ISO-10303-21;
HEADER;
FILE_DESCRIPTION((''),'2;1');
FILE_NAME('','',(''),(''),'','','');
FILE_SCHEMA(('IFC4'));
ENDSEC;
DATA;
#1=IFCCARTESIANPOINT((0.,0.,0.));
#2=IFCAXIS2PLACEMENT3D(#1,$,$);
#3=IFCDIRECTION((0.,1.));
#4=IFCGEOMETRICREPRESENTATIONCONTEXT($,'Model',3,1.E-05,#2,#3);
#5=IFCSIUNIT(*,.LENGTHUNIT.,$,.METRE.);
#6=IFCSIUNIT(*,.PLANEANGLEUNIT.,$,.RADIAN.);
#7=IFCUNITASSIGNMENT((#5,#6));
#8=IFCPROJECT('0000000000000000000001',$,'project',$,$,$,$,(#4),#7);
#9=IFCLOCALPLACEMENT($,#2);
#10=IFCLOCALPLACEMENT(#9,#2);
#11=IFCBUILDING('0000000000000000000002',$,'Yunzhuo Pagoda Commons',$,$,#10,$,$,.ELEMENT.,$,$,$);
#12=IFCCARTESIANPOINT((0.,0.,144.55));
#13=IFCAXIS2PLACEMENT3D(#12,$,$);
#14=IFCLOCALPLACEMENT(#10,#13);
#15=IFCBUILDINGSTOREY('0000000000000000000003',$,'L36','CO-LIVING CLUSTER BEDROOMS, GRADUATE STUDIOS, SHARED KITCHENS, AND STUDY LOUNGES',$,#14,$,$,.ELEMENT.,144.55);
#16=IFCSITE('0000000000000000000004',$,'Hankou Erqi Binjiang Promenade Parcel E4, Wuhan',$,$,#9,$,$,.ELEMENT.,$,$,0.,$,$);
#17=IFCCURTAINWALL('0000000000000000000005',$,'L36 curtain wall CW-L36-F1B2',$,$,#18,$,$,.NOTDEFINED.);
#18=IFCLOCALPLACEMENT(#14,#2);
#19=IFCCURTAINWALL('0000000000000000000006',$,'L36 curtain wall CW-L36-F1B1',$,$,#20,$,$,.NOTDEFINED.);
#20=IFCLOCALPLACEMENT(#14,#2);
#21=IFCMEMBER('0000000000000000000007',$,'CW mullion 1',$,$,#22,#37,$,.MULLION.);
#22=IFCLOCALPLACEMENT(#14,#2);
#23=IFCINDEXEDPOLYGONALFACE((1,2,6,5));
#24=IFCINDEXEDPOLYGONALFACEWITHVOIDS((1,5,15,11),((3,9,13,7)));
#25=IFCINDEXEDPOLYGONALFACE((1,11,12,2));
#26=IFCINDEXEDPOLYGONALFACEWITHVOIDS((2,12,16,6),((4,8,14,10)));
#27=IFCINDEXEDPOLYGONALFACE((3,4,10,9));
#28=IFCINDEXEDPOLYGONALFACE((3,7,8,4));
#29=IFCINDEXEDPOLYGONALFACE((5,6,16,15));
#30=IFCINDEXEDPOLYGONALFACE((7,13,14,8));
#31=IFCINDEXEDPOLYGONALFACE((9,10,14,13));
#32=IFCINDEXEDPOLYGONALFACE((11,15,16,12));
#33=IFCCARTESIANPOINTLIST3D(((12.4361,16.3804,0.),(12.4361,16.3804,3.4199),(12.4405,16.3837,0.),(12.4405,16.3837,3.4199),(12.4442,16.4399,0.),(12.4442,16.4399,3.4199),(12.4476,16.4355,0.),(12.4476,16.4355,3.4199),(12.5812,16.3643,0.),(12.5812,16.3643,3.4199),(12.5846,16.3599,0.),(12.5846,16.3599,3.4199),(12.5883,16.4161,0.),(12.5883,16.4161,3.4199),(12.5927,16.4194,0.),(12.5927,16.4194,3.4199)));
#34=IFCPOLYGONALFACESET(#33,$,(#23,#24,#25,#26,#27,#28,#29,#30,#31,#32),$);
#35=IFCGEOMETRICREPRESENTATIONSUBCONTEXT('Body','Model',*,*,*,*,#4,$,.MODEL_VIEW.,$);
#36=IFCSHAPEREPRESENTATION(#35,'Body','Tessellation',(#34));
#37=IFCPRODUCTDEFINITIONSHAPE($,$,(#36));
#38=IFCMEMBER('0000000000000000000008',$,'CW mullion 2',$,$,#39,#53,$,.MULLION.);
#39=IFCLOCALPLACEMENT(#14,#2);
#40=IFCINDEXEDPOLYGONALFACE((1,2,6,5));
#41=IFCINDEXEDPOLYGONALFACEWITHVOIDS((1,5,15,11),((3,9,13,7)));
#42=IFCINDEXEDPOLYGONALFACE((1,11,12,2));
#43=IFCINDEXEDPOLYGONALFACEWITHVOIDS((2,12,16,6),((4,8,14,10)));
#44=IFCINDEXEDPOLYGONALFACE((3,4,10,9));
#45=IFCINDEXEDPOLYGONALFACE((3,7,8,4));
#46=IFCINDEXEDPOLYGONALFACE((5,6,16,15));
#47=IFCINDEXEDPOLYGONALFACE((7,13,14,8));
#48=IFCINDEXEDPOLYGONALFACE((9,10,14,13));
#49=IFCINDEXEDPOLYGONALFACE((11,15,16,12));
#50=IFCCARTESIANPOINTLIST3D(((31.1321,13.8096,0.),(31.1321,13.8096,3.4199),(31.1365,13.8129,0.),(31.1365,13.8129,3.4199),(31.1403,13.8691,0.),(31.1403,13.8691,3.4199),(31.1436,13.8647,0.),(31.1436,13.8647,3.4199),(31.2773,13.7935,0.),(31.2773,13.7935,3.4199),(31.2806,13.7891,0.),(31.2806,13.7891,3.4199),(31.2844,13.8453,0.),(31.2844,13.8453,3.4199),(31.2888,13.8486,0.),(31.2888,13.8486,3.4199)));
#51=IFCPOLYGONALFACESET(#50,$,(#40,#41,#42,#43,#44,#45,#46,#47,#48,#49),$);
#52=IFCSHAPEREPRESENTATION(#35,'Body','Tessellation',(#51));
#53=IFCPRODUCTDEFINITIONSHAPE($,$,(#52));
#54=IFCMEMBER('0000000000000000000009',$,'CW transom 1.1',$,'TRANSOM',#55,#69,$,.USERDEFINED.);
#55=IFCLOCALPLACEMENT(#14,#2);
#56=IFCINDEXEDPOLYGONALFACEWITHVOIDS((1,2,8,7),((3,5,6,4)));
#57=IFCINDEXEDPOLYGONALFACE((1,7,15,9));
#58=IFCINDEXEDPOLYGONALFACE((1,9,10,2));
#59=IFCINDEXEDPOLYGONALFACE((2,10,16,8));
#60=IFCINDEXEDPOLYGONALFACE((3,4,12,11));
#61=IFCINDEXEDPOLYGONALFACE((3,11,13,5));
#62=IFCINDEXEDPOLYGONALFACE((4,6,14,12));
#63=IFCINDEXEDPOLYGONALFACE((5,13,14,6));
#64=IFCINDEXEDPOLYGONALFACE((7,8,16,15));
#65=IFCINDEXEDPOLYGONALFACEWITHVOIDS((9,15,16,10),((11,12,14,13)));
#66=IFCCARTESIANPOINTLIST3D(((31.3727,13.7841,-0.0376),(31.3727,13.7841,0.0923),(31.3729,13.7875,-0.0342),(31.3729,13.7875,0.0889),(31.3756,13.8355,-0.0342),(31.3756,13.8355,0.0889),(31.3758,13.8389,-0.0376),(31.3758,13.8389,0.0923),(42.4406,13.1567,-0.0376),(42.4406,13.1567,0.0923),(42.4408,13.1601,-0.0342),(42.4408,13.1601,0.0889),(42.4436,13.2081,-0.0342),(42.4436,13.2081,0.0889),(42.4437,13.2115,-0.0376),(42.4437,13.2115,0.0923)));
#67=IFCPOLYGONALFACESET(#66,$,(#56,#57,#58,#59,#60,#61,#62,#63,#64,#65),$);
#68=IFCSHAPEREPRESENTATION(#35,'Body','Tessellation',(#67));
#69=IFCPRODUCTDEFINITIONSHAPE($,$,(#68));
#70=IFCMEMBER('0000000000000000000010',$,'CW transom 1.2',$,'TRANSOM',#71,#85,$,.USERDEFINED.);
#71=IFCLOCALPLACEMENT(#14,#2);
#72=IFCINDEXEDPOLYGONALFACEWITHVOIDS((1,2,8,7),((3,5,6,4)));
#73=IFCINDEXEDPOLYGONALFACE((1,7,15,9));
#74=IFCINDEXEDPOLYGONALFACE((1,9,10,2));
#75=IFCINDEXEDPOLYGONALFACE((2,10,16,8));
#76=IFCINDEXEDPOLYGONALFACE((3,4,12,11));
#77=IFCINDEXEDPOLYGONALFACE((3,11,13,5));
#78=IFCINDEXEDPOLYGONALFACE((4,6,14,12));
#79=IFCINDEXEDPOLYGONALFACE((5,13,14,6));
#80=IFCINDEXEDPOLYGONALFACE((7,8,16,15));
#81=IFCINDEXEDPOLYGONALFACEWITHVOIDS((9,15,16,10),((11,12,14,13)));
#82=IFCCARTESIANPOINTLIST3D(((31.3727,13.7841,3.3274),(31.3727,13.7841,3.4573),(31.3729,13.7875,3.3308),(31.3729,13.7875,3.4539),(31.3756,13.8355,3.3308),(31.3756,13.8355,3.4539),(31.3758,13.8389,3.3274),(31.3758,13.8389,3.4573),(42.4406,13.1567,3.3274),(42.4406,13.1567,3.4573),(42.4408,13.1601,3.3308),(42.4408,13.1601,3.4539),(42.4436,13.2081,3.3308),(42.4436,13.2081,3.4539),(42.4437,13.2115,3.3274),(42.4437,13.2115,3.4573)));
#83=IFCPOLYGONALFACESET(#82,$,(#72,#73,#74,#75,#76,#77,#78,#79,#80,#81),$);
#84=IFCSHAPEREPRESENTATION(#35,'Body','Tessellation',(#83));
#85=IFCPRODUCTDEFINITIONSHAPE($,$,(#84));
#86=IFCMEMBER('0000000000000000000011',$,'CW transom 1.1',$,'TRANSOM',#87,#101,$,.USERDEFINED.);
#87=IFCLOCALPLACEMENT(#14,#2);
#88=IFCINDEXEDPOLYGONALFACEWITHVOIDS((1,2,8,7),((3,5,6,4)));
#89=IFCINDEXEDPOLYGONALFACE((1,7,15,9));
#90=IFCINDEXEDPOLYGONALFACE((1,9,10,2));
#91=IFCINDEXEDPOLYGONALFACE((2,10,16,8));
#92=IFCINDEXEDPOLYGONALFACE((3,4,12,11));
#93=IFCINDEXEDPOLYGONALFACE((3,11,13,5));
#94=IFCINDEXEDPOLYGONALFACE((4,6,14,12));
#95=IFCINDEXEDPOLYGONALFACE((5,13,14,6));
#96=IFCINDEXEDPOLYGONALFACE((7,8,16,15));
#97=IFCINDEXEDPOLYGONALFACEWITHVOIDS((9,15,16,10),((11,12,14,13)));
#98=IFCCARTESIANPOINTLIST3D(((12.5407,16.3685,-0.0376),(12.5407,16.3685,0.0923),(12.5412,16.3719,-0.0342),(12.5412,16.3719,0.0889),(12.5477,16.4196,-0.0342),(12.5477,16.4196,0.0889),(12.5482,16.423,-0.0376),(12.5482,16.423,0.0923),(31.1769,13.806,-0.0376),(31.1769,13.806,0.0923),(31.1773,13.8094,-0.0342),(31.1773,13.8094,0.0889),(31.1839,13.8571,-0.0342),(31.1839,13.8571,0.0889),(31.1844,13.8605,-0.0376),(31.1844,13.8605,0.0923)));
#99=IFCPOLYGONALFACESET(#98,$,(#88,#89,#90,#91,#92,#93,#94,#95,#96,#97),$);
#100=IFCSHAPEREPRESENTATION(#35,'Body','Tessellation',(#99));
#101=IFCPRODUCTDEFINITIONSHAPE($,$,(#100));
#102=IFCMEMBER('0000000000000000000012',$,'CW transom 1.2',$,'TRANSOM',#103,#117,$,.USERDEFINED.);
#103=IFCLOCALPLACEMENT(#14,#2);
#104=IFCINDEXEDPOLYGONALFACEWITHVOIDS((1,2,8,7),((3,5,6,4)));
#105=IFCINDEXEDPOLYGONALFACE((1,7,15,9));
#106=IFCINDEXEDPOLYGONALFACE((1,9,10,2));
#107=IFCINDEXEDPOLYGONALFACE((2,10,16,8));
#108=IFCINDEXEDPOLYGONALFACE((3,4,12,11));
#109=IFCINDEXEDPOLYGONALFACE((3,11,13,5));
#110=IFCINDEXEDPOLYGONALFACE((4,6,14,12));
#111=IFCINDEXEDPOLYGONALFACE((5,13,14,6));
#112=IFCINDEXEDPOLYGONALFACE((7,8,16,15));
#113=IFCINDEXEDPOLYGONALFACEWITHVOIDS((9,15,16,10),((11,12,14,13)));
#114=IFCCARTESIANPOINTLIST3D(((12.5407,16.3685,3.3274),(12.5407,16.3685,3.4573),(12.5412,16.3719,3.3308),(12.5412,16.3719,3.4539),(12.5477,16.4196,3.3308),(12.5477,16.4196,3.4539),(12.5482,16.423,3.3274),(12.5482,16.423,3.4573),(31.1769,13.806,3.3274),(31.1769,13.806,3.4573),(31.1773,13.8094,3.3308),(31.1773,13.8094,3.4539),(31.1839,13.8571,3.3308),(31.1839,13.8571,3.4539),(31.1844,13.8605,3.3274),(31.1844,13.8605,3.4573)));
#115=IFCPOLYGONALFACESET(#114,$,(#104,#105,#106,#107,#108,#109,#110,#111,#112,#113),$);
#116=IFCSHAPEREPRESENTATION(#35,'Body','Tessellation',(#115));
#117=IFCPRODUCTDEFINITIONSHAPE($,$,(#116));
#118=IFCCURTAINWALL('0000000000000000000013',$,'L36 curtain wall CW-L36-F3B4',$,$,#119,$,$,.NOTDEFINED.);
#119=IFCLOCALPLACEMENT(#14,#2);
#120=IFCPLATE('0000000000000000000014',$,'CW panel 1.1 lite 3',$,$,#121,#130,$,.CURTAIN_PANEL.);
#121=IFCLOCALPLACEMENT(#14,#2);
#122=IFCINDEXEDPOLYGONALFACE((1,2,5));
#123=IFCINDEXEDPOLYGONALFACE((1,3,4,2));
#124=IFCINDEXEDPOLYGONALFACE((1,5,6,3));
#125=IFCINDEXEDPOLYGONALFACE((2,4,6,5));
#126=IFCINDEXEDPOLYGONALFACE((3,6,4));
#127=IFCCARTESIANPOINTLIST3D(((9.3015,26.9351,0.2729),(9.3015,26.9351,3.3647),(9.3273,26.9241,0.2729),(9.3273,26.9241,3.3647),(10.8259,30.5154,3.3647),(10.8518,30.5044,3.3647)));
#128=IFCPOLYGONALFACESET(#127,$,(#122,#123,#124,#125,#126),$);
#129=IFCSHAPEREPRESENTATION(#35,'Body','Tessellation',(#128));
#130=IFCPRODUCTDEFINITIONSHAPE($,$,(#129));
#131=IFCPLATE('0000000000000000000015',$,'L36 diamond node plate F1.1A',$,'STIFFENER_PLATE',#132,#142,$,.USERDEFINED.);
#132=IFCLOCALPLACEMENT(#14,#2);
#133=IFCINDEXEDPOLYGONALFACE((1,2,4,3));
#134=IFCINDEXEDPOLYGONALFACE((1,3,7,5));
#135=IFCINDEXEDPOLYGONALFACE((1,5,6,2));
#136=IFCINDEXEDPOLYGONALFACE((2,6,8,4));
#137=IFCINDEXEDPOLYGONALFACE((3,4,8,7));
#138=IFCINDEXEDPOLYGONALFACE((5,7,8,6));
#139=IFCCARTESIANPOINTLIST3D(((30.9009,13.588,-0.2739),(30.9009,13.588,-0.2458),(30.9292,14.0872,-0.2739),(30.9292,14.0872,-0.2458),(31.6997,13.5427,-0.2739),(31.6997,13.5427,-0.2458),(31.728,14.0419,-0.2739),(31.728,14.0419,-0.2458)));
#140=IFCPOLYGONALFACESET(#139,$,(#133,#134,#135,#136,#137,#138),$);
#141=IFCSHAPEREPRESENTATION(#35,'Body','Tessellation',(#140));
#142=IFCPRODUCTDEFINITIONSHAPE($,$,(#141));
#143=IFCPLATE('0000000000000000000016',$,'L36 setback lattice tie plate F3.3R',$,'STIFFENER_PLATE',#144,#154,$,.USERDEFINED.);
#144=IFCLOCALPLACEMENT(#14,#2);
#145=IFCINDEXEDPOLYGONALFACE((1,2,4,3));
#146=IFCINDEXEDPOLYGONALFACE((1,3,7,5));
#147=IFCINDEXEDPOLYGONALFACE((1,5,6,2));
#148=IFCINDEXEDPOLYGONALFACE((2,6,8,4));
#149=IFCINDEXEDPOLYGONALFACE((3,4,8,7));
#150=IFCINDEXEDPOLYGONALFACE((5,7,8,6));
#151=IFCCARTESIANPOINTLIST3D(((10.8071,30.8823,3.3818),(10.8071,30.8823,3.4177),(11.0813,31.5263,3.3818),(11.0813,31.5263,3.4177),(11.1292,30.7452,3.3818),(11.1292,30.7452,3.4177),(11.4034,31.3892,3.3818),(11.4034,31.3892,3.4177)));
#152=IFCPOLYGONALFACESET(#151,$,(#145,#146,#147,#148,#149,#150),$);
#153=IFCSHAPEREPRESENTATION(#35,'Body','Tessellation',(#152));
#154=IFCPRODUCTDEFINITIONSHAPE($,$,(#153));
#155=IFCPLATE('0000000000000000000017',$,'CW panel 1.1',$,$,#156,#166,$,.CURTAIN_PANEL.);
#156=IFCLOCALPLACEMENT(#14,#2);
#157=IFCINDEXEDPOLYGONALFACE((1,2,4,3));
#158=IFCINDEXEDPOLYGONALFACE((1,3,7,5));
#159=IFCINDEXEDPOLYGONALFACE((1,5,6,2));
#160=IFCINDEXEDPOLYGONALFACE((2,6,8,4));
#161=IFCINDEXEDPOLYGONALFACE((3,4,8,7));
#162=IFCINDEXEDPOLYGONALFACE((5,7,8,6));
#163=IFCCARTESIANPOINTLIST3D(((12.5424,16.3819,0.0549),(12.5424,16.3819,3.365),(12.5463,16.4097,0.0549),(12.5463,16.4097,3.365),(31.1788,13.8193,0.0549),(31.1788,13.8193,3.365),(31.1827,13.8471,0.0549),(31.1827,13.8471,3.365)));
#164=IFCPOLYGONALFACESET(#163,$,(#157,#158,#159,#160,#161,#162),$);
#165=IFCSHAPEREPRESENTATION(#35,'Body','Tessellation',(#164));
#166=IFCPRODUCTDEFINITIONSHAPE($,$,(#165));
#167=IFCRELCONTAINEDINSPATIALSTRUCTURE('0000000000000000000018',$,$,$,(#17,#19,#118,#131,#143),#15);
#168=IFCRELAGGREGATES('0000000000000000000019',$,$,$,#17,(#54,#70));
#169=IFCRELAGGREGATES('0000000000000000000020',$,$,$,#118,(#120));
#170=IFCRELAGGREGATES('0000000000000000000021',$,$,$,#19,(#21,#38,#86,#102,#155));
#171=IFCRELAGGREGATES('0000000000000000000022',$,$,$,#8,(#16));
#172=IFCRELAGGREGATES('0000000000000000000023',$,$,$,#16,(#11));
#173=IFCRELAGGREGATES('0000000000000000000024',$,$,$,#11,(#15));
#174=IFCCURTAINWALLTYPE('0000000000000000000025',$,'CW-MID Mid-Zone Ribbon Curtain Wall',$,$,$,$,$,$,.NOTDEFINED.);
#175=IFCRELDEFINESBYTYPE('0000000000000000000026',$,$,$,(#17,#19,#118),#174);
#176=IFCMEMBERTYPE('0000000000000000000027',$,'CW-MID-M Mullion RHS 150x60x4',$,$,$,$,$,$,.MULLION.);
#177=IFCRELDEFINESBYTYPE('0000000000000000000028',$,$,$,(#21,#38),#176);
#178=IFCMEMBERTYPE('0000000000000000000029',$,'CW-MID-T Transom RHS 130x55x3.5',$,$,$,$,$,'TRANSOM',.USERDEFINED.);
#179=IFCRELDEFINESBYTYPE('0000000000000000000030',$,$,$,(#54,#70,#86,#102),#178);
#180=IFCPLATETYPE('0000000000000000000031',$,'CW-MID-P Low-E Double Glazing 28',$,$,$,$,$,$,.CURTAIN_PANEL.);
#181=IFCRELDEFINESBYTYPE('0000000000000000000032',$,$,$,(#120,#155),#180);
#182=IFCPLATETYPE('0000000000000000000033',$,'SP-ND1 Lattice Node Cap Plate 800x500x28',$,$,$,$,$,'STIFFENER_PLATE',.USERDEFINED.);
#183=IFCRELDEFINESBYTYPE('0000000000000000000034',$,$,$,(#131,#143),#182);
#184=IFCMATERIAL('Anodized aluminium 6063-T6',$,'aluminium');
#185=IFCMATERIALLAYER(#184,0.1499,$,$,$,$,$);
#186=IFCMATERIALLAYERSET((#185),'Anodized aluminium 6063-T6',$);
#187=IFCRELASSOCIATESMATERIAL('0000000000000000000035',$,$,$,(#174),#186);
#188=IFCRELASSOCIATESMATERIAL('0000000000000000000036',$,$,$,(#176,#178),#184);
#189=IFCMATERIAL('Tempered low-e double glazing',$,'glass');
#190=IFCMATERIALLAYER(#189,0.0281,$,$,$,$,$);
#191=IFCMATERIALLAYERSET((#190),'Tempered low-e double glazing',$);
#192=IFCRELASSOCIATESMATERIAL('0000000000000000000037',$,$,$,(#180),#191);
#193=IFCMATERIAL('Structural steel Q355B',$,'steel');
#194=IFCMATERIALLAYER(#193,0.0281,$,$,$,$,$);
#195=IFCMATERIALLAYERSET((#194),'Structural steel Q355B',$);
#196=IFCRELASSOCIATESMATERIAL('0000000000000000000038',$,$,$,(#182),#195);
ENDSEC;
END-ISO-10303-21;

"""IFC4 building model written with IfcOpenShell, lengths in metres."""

from ifc_helpers import new_model, si_unit, direction, frame, origin, origin_2d, place, context, subcontext, project, spatial, polyline, rectangle, hollow_rectangle, outline, extrude, source, transform, mapped, material, layer, layer_set, material_profile, profile_set, type_object, element, aggregate, save


model = new_model("IFC4")

# Units and contexts
model_context = context("Model", 3, precision=1e-05, world=origin(), true_north=direction((0.0, 1.0)))
body_context = subcontext(model_context, "Body", "Model", "MODEL_VIEW")
ifc_project = project(units=[si_unit("LENGTHUNIT", "METRE"), si_unit("PLANEANGLEUNIT", "RADIAN")], contexts=[model_context])

# Site, building, storey
site_placement = place(None, origin())
site = spatial("IfcSite", under=ifc_project, at=site_placement, Name="Hankou Erqi Binjiang Promenade Parcel E4, Wuhan", CompositionType="ELEMENT", RefElevation=0.0)
building_placement = place(site_placement, origin())
building = spatial("IfcBuilding", under=site, at=building_placement, Name="Yunzhuo Pagoda Commons", CompositionType="ELEMENT")
storey_placement = place(building_placement, frame((0.0, 0.0, 144.55)))
storey = spatial("IfcBuildingStorey", under=building, at=storey_placement, Name="L36", Description="CO-LIVING CLUSTER BEDROOMS, GRADUATE STUDIOS, SHARED KITCHENS, AND STUDY LOUNGES", CompositionType="ELEMENT", Elevation=144.55)

# Shared definitions
ifc_material_1 = material(Name="Structural steel Q355B", Category="steel")

# Curtain wall
ifc_material_2 = material(Name="Anodized aluminium 6063-T6", Category="aluminium")
ifc_layer_1 = layer(ifc_material_2, 0.1499)
ifc_layer_set_1 = layer_set([ifc_layer_1], Name="Anodized aluminium 6063-T6")
curtain_wall_type = type_object("IfcCurtainWallType", Name="CW-MID Mid-Zone Ribbon Curtain Wall", PredefinedType="NOTDEFINED", material=ifc_layer_set_1)
curtain_wall_1_placement = place(storey_placement, origin())
curtain_wall_1 = element("IfcCurtainWall", 1, at=curtain_wall_1_placement, inside=storey, type_object=curtain_wall_type, Name="L36 curtain wall CW-L36-F1B2", PredefinedType="NOTDEFINED")
ifc_material_profile_1 = material_profile(ifc_material_2, hollow_rectangle(XDim=0.0601, YDim=0.1499, WallThickness=0.0039, at=origin_2d()), Name="Anodized aluminium 6063-T6")
ifc_profile_set_1 = profile_set([ifc_material_profile_1], Name="Anodized aluminium 6063-T6")
member_type_1 = type_object("IfcMemberType", Name="CW-MID-M Mullion RHS 150x60x4", PredefinedType="MULLION", material=ifc_profile_set_1)
shared_shape_1 = source(origin(), body_context, "Body", "SweptSolid", [
    extrude(hollow_rectangle(XDim=0.0601, YDim=0.1499, WallThickness=0.0039, at=origin_2d()), origin(), (0.0, 0.0, 1.0), 3.4199),
])

# Curtain wall, members
curtain_wall_2_placement = place(storey_placement, origin())
curtain_wall_2 = element("IfcCurtainWall", 2, at=curtain_wall_2_placement, inside=storey, type_object=curtain_wall_type, Name="L36 curtain wall CW-L36-F1B1", PredefinedType="NOTDEFINED")
member_1_placement = place(storey_placement, frame((12.5144, 16.3999, 0.0), z_axis=(0.0, 0.0, 1.0), x_axis=(0.136221, 0.990679, 0.0)))
member_1 = element("IfcMember", 3, at=member_1_placement, type_object=member_type_1, Name="CW mullion 1", PredefinedType="MULLION", context=body_context, shape_type="MappedRepresentation", body=[
    mapped(shared_shape_1, transform((0.0, 0.0, 0.0), scale=1.0)),
])
member_2_placement = place(storey_placement, frame((31.2104, 13.8291, 0.0), z_axis=(0.0, 0.0, 1.0), x_axis=(0.136221, 0.990679, 0.0)))
member_2 = element("IfcMember", 4, at=member_2_placement, type_object=member_type_1, Name="CW mullion 2", PredefinedType="MULLION", context=body_context, shape_type="MappedRepresentation", body=[
    mapped(shared_shape_1, transform((0.0, 0.0, 0.0), scale=1.0)),
])

# Members
ifc_material_profile_2 = material_profile(ifc_material_2, hollow_rectangle(XDim=0.0549, YDim=0.1299, WallThickness=0.0034, at=origin_2d()), Name="Anodized aluminium 6063-T6")
ifc_profile_set_2 = profile_set([ifc_material_profile_2], Name="Anodized aluminium 6063-T6")
member_type_2 = type_object("IfcMemberType", Name="CW-MID-T Transom RHS 130x55x3.5", ElementType="TRANSOM", PredefinedType="USERDEFINED", material=ifc_profile_set_2)
shared_shape_2 = source(origin(), body_context, "Body", "SweptSolid", [
    extrude(hollow_rectangle(XDim=0.0549, YDim=0.1299, WallThickness=0.0034, at=origin_2d()), origin(), (0.0, 0.0, 1.0), 11.0857),
])
member_3_placement = place(storey_placement, frame((31.3743, 13.8115, 0.0273), z_axis=(0.998397, -0.056599, 0.0), x_axis=(0.056599, 0.998397, 0.0)))
member_3 = element("IfcMember", 5, at=member_3_placement, type_object=member_type_2, Name="CW transom 1.1", ObjectType="TRANSOM", PredefinedType="USERDEFINED", context=body_context, shape_type="MappedRepresentation", body=[
    mapped(shared_shape_2, transform((0.0, 0.0, 0.0), scale=1.0)),
])
member_4_placement = place(storey_placement, frame((31.3743, 13.8115, 3.3923), z_axis=(0.998397, -0.056599, 0.0), x_axis=(0.056599, 0.998397, 0.0)))
member_4 = element("IfcMember", 6, at=member_4_placement, type_object=member_type_2, Name="CW transom 1.2", ObjectType="TRANSOM", PredefinedType="USERDEFINED", context=body_context, shape_type="MappedRepresentation", body=[
    mapped(shared_shape_2, transform((0.0, 0.0, 0.0), scale=1.0)),
])
aggregate(curtain_wall_1, [member_3, member_4])
shared_shape_3 = source(origin(), body_context, "Body", "SweptSolid", [
    extrude(hollow_rectangle(XDim=0.0549, YDim=0.1299, WallThickness=0.0034, at=origin_2d()), origin(), (0.0, 0.0, 1.0), 18.8115),
])
member_5_placement = place(storey_placement, frame((12.5444, 16.3958, 0.0273), z_axis=(0.990679, -0.136219, 0.0), x_axis=(0.136219, 0.990679, 0.0)))
member_5 = element("IfcMember", 7, at=member_5_placement, type_object=member_type_2, Name="CW transom 1.1", ObjectType="TRANSOM", PredefinedType="USERDEFINED", context=body_context, shape_type="MappedRepresentation", body=[
    mapped(shared_shape_3, transform((0.0, 0.0, 0.0), scale=1.0)),
])
member_6_placement = place(storey_placement, frame((12.5444, 16.3958, 3.3923), z_axis=(0.990679, -0.136219, 0.0), x_axis=(0.136219, 0.990679, 0.0)))
member_6 = element("IfcMember", 8, at=member_6_placement, type_object=member_type_2, Name="CW transom 1.2", ObjectType="TRANSOM", PredefinedType="USERDEFINED", context=body_context, shape_type="MappedRepresentation", body=[
    mapped(shared_shape_3, transform((0.0, 0.0, 0.0), scale=1.0)),
])

# Curtain wall, plate
curtain_wall_3_placement = place(storey_placement, origin())
curtain_wall_3 = element("IfcCurtainWall", 9, at=curtain_wall_3_placement, inside=storey, type_object=curtain_wall_type, Name="L36 curtain wall CW-L36-F3B4", PredefinedType="NOTDEFINED")
ifc_material_3 = material(Name="Tempered low-e double glazing", Category="glass")
ifc_layer_2 = layer(ifc_material_3, 0.0281)
ifc_layer_set_2 = layer_set([ifc_layer_2], Name="Tempered low-e double glazing")
plate_type_1 = type_object("IfcPlateType", Name="CW-MID-P Low-E Double Glazing 28", PredefinedType="CURTAIN_PANEL", material=ifc_layer_set_2)
plate_1_placement = place(storey_placement, frame((10.0896, 28.7144, 1.8188), z_axis=(-0.920072, 0.391749, 0.0), x_axis=(-0.391749, -0.920072, 0.0)))
plate_1 = element("IfcPlate", 10, at=plate_1_placement, type_object=plate_type_1, Name="CW panel 1.1 lite 3", PredefinedType="CURTAIN_PANEL", context=body_context, shape_type="SweptSolid", body=[
    extrude(outline(polyline([(-1.9456, 1.5459), (1.9458, -1.5459), (1.9458, 1.5459), (-1.9456, 1.5459)])), origin(), (0.0, 0.0, 1.0), 0.0281),
])
aggregate(curtain_wall_3, [plate_1])

# Plates
ifc_layer_3 = layer(ifc_material_1, 0.0281)
ifc_layer_set_3 = layer_set([ifc_layer_3], Name="Structural steel Q355B")
plate_type_2 = type_object("IfcPlateType", Name="SP-ND1 Lattice Node Cap Plate 800x500x28", ElementType="STIFFENER_PLATE", PredefinedType="USERDEFINED", material=ifc_layer_set_3)
shared_shape_4 = source(origin(), body_context, "Body", "SweptSolid", [
    extrude(rectangle(XDim=0.8, YDim=0.5, at=origin_2d()), origin(), (0.0, 0.0, 1.0), 0.0281),
])
plate_2_placement = place(storey_placement, frame((31.3145, 13.8149, -0.2739), z_axis=(0.0, 0.0, 1.0), x_axis=(0.998397, -0.056606, 0.0)))
element("IfcPlate", 11, at=plate_2_placement, inside=storey, type_object=plate_type_2, Name="L36 diamond node plate F1.1A", ObjectType="STIFFENER_PLATE", PredefinedType="USERDEFINED", context=body_context, shape_type="MappedRepresentation", body=[
    mapped(shared_shape_4, transform((0.0, 0.0, 0.0), scale=1.0)),
])
shared_shape_5 = source(origin(), body_context, "Body", "SweptSolid", [
    extrude(rectangle(XDim=0.7, YDim=0.3501, at=origin_2d()), origin(), (0.0, 0.0, 1.0), 0.0359),
])
plate_3_placement = place(storey_placement, frame((11.1052, 31.1357, 3.3818), z_axis=(0.0, 0.0, 1.0), x_axis=(-0.391743, -0.920075, 0.0)))
element("IfcPlate", 12, at=plate_3_placement, inside=storey, type_object=plate_type_2, Name="L36 setback lattice tie plate F3.3R", ObjectType="STIFFENER_PLATE", PredefinedType="USERDEFINED", context=body_context, shape_type="MappedRepresentation", body=[
    mapped(shared_shape_5, transform((0.0, 0.0, 0.0), scale=1.0)),
])

# Plate
shared_shape_6 = source(origin(), body_context, "Body", "SweptSolid", [
    extrude(rectangle(XDim=18.8118, YDim=0.0281, at=origin_2d()), origin(), (0.0, 0.0, 1.0), 3.3101),
])
plate_4_placement = place(storey_placement, frame((21.8625, 15.1145, 0.0549), z_axis=(0.0, 0.0, 1.0), x_axis=(0.990679, -0.136221, 0.0)))
plate_4 = element("IfcPlate", 13, at=plate_4_placement, type_object=plate_type_1, Name="CW panel 1.1", PredefinedType="CURTAIN_PANEL", context=body_context, shape_type="MappedRepresentation", body=[
    mapped(shared_shape_6, transform((0.0, 0.0, 0.0), scale=1.0)),
])
aggregate(curtain_wall_2, [member_1, member_2, member_5, member_6, plate_4])

save(model, "model.ifc")
